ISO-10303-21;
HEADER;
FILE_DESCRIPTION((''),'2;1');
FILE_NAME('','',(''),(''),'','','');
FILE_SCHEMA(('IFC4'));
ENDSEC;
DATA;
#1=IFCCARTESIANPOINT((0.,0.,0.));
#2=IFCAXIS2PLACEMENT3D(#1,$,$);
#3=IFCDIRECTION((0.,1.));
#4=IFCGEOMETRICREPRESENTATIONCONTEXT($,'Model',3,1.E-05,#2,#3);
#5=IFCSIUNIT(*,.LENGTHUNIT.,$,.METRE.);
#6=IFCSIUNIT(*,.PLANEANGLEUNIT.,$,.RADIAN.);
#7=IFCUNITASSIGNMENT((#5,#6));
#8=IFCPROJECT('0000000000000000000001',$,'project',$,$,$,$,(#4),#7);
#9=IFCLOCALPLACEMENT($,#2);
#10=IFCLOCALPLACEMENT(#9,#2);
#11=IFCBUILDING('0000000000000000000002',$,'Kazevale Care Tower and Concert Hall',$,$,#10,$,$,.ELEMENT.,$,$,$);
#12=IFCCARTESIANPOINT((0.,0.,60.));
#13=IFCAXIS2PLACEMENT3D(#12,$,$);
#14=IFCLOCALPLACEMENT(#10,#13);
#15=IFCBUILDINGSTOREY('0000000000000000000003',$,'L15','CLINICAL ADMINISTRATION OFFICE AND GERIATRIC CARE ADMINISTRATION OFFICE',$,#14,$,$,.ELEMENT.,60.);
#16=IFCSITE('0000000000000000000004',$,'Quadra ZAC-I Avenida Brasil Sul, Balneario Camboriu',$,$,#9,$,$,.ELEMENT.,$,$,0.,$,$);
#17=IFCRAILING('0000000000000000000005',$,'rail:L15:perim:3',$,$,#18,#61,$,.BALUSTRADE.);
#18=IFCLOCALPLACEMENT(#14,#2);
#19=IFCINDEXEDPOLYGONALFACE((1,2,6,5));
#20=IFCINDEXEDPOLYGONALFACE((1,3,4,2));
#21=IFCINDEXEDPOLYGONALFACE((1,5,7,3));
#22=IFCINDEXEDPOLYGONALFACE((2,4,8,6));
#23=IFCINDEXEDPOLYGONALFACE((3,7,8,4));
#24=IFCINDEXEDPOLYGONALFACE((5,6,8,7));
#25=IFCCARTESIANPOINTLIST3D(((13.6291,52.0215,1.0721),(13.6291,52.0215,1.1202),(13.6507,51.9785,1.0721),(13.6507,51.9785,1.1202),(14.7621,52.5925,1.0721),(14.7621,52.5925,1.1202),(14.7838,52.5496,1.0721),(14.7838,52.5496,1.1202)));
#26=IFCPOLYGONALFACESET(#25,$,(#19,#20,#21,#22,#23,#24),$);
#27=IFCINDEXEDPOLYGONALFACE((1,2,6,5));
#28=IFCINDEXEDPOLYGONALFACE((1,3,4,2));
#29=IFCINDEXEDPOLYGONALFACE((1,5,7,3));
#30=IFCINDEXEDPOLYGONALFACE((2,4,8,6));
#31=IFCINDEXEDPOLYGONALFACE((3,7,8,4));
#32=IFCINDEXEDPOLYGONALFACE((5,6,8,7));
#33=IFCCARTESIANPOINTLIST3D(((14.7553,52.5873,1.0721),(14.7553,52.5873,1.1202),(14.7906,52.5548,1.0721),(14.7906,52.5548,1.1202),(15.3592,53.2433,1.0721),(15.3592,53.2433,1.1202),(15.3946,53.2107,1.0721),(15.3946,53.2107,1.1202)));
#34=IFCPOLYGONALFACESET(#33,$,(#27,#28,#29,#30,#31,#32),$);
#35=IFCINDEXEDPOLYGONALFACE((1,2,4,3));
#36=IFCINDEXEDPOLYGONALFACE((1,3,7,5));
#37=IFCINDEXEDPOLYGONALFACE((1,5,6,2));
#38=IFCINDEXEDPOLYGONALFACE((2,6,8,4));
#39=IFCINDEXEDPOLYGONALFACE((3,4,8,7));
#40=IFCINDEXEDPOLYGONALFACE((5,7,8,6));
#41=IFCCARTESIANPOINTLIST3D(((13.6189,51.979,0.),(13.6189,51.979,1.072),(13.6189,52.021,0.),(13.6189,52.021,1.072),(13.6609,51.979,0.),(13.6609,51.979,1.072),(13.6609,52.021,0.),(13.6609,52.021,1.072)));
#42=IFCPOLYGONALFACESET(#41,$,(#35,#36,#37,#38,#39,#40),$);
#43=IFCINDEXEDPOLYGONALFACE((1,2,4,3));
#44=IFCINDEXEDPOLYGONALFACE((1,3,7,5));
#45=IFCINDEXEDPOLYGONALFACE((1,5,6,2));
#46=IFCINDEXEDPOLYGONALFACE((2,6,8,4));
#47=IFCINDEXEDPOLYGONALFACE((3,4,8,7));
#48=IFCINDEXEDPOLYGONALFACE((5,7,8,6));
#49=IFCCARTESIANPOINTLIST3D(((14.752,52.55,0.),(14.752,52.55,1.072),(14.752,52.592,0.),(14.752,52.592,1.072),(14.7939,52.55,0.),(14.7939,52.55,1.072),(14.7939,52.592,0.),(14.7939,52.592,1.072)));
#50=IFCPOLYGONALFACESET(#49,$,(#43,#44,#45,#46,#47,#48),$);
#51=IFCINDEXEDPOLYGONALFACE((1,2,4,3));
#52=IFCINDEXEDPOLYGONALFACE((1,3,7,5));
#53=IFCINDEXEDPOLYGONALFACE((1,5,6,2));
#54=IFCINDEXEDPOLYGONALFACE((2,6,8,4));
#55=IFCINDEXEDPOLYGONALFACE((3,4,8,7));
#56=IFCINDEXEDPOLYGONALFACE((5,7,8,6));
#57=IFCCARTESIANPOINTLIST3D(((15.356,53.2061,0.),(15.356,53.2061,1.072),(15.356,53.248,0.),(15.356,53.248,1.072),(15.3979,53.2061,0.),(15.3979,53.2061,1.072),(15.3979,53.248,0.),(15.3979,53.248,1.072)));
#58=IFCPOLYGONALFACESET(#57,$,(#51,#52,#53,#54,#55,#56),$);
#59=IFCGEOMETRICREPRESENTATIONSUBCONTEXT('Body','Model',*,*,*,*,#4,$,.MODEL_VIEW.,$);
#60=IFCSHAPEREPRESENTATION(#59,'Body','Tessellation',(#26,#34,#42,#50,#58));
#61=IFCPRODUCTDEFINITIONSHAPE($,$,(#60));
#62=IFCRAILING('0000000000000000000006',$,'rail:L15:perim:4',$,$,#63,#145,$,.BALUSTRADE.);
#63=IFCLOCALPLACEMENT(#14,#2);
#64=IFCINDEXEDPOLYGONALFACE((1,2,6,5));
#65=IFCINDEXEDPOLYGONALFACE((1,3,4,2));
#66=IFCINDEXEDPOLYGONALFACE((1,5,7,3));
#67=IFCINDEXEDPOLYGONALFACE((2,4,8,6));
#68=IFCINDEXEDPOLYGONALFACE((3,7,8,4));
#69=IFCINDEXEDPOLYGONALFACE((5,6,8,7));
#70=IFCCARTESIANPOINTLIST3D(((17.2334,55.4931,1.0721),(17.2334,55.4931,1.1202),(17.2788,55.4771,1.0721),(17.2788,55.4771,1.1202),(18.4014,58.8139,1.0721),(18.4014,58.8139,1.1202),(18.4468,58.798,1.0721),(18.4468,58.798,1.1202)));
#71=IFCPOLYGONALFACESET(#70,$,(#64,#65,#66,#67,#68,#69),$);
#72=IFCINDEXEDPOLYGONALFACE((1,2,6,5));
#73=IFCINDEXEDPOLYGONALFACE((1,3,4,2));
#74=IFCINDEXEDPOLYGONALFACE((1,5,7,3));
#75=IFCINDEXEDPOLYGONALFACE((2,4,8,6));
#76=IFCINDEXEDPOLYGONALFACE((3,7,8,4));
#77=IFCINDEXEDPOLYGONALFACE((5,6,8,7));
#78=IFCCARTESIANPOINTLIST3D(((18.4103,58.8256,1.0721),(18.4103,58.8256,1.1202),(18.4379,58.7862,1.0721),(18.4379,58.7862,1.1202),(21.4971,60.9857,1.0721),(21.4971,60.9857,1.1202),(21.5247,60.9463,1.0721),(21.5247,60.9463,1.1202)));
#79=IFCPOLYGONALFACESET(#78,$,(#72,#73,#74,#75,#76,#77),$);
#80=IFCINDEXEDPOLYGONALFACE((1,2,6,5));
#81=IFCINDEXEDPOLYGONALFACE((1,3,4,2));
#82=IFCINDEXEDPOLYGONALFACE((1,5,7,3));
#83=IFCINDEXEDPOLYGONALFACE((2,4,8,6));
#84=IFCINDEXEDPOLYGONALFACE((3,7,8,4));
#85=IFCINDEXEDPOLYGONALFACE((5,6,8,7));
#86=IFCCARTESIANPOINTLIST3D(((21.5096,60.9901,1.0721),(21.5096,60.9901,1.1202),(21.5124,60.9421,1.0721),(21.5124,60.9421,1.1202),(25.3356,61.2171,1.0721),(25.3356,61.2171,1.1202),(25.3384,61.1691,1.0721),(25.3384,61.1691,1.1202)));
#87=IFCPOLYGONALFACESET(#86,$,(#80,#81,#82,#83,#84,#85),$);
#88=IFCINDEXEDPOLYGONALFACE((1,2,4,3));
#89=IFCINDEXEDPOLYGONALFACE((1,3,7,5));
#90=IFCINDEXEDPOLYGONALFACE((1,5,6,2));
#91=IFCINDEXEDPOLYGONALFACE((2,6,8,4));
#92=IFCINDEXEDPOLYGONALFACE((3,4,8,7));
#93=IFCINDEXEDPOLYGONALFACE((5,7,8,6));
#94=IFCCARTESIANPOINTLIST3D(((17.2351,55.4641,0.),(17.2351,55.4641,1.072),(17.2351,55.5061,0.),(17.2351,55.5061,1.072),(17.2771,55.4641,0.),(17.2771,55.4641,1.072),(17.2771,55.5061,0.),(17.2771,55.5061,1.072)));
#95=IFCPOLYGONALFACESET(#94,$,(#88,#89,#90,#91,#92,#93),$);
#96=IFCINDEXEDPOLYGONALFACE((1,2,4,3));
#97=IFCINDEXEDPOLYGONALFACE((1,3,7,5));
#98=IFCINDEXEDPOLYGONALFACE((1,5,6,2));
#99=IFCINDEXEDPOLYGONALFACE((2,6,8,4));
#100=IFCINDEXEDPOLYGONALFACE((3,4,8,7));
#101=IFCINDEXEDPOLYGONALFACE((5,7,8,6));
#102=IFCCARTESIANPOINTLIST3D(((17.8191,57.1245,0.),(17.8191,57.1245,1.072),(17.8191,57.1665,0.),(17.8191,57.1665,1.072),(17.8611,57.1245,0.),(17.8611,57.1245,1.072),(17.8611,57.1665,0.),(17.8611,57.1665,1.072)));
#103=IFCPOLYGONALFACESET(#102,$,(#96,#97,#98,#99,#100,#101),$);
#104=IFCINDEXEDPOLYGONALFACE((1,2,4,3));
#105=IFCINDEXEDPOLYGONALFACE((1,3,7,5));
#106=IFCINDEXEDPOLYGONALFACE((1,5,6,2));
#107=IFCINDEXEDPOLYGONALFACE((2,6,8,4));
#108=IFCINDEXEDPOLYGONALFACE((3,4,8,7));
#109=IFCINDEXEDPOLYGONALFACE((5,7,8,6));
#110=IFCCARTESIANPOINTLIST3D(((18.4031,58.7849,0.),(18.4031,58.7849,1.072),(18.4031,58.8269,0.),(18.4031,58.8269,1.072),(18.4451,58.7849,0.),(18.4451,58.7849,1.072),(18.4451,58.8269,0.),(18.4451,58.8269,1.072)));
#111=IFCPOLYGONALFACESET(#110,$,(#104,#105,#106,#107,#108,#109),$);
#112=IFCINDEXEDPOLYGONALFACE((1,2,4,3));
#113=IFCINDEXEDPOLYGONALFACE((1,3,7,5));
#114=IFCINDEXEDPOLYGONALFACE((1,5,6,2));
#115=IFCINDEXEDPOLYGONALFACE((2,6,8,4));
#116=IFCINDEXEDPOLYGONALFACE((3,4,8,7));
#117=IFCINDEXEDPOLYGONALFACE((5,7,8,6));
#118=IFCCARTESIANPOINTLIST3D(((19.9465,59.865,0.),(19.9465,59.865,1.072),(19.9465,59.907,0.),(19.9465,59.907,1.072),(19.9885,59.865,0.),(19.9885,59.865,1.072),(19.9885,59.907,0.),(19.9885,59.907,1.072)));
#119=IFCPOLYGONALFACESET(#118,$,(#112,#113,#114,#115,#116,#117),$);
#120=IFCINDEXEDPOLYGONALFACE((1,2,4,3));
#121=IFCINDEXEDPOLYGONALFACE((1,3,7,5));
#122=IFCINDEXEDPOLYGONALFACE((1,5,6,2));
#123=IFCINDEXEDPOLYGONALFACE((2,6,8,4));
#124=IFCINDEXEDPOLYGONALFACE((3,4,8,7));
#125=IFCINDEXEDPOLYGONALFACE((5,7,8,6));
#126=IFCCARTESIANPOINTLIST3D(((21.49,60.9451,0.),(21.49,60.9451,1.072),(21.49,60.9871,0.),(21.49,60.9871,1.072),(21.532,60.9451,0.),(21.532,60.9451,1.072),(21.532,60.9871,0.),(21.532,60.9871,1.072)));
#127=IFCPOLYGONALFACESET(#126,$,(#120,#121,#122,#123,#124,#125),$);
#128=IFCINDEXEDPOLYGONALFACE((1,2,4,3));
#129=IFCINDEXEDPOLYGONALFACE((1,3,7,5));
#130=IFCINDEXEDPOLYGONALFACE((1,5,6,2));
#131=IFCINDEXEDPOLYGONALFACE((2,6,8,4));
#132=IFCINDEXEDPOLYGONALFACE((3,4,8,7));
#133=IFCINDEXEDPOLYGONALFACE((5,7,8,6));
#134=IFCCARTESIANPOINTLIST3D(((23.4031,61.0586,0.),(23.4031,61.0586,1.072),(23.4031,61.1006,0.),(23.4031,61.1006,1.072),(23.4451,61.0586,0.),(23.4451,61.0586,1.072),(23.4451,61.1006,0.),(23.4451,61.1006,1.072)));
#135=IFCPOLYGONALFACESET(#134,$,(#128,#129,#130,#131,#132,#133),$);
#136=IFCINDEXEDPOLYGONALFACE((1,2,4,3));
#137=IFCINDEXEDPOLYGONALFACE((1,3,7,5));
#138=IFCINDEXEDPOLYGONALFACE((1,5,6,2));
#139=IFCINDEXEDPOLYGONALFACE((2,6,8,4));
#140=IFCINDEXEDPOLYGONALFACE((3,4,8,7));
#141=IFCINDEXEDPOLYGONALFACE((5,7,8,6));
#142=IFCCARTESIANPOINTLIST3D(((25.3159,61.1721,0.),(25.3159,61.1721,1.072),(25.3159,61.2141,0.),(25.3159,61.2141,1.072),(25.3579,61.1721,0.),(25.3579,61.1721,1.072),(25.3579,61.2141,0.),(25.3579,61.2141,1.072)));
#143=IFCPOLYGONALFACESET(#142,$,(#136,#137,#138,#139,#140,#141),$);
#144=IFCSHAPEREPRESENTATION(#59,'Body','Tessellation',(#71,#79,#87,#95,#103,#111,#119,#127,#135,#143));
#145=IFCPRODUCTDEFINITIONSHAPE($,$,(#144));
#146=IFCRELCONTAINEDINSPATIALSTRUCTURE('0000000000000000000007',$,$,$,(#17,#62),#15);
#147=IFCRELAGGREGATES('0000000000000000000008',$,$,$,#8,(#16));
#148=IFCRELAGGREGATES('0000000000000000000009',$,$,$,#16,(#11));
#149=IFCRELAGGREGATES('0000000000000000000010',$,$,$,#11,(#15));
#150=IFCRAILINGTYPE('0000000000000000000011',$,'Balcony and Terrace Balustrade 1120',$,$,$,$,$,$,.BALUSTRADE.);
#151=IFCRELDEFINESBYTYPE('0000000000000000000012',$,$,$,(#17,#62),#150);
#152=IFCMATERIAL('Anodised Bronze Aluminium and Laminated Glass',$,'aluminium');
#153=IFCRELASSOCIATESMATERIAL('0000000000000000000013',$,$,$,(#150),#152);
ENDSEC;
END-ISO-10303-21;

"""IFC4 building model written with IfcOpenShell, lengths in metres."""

from ifc_helpers import new_model, si_unit, direction, frame, origin, origin_2d, place, context, subcontext, project, spatial, rectangle, extrude, material, type_object, element, save


model = new_model("IFC4")

# Units and contexts
model_context = context("Model", 3, precision=1e-05, world=origin(), true_north=direction((0.0, 1.0)))
body_context = subcontext(model_context, "Body", "Model", "MODEL_VIEW")
ifc_project = project(units=[si_unit("LENGTHUNIT", "METRE"), si_unit("PLANEANGLEUNIT", "RADIAN")], contexts=[model_context])

# Site, building, storey
site_placement = place(None, origin())
site = spatial("IfcSite", under=ifc_project, at=site_placement, Name="Quadra ZAC-I Avenida Brasil Sul, Balneario Camboriu", CompositionType="ELEMENT", RefElevation=0.0)
building_placement = place(site_placement, origin())
building = spatial("IfcBuilding", under=site, at=building_placement, Name="Kazevale Care Tower and Concert Hall", CompositionType="ELEMENT")
storey_placement = place(building_placement, frame((0.0, 0.0, 60.0)))
storey = spatial("IfcBuildingStorey", under=building, at=storey_placement, Name="L15", Description="CLINICAL ADMINISTRATION OFFICE AND GERIATRIC CARE ADMINISTRATION OFFICE", CompositionType="ELEMENT", Elevation=60.0)

# Railings
ifc_material_1 = material(Name="Anodised Bronze Aluminium and Laminated Glass", Category="aluminium")
railing_type = type_object("IfcRailingType", Name="Balcony and Terrace Balustrade 1120", PredefinedType="BALUSTRADE", material=ifc_material_1)
railing_1_placement = place(storey_placement, frame((13.6399, 52.0, 0.0)))
element("IfcRailing", 1, at=railing_1_placement, inside=storey, type_object=railing_type, Name="rail:L15:perim:3", PredefinedType="BALUSTRADE", context=body_context, shape_type="SweptSolid", body=[
    extrude(rectangle(XDim=0.0481, YDim=0.0481, at=origin_2d()), frame((0.0, 0.0, 1.0962), z_axis=(0.892999, 0.450059, 0.0), x_axis=(-0.450059, 0.892999, 0.0)), (0.0, 0.0, 1.0), 1.2688),
    extrude(rectangle(XDim=0.0481, YDim=0.0481, at=origin_2d()), frame((1.1331, 0.571, 1.0962), z_axis=(0.677347, 0.735664, 0.0), x_axis=(-0.735664, 0.677347, 0.0)), (0.0, 0.0, 1.0), 0.8916),
    extrude(rectangle(XDim=0.042, YDim=0.042, at=origin_2d()), origin(), (0.0, 0.0, 1.0), 1.072),
    extrude(rectangle(XDim=0.042, YDim=0.042, at=origin_2d()), frame((1.1331, 0.571, 0.0)), (0.0, 0.0, 1.0), 1.072),
    extrude(rectangle(XDim=0.042, YDim=0.042, at=origin_2d()), frame((1.7371, 1.2271, 0.0)), (0.0, 0.0, 1.0), 1.072),
])
railing_2_placement = place(storey_placement, frame((17.2561, 55.4851, 0.0)))
element("IfcRailing", 2, at=railing_2_placement, inside=storey, type_object=railing_type, Name="rail:L15:perim:4", PredefinedType="BALUSTRADE", context=body_context, shape_type="SweptSolid", body=[
    extrude(rectangle(XDim=0.0481, YDim=0.0481, at=origin_2d()), frame((0.0, 0.0, 1.0962), z_axis=(0.33179, 0.943353, 0.0), x_axis=(-0.943353, 0.33179, 0.0)), (0.0, 0.0, 1.0), 3.5203),
    extrude(rectangle(XDim=0.0481, YDim=0.0481, at=origin_2d()), frame((1.168, 3.3208, 1.0962), z_axis=(0.819317, 0.573341, 0.0), x_axis=(-0.573341, 0.819317, 0.0)), (0.0, 0.0, 1.0), 3.7676),
    extrude(rectangle(XDim=0.0481, YDim=0.0481, at=origin_2d()), frame((4.2549, 5.481, 1.0962), z_axis=(0.998244, 0.059241, 0.0), x_axis=(-0.059241, 0.998244, 0.0)), (0.0, 0.0, 1.0), 3.8328),
    extrude(rectangle(XDim=0.042, YDim=0.042, at=origin_2d()), origin(), (0.0, 0.0, 1.0), 1.072),
    extrude(rectangle(XDim=0.042, YDim=0.042, at=origin_2d()), frame((0.584, 1.6604, 0.0)), (0.0, 0.0, 1.0), 1.072),
    extrude(rectangle(XDim=0.042, YDim=0.042, at=origin_2d()), frame((1.168, 3.3208, 0.0)), (0.0, 0.0, 1.0), 1.072),
    extrude(rectangle(XDim=0.042, YDim=0.042, at=origin_2d()), frame((2.7114, 4.4009, 0.0)), (0.0, 0.0, 1.0), 1.072),
    extrude(rectangle(XDim=0.042, YDim=0.042, at=origin_2d()), frame((4.2549, 5.481, 0.0)), (0.0, 0.0, 1.0), 1.072),
    extrude(rectangle(XDim=0.042, YDim=0.042, at=origin_2d()), frame((6.168, 5.5945, 0.0)), (0.0, 0.0, 1.0), 1.072),
    extrude(rectangle(XDim=0.042, YDim=0.042, at=origin_2d()), frame((8.0808, 5.708, 0.0)), (0.0, 0.0, 1.0), 1.072),
])

save(model, "model.ifc")
